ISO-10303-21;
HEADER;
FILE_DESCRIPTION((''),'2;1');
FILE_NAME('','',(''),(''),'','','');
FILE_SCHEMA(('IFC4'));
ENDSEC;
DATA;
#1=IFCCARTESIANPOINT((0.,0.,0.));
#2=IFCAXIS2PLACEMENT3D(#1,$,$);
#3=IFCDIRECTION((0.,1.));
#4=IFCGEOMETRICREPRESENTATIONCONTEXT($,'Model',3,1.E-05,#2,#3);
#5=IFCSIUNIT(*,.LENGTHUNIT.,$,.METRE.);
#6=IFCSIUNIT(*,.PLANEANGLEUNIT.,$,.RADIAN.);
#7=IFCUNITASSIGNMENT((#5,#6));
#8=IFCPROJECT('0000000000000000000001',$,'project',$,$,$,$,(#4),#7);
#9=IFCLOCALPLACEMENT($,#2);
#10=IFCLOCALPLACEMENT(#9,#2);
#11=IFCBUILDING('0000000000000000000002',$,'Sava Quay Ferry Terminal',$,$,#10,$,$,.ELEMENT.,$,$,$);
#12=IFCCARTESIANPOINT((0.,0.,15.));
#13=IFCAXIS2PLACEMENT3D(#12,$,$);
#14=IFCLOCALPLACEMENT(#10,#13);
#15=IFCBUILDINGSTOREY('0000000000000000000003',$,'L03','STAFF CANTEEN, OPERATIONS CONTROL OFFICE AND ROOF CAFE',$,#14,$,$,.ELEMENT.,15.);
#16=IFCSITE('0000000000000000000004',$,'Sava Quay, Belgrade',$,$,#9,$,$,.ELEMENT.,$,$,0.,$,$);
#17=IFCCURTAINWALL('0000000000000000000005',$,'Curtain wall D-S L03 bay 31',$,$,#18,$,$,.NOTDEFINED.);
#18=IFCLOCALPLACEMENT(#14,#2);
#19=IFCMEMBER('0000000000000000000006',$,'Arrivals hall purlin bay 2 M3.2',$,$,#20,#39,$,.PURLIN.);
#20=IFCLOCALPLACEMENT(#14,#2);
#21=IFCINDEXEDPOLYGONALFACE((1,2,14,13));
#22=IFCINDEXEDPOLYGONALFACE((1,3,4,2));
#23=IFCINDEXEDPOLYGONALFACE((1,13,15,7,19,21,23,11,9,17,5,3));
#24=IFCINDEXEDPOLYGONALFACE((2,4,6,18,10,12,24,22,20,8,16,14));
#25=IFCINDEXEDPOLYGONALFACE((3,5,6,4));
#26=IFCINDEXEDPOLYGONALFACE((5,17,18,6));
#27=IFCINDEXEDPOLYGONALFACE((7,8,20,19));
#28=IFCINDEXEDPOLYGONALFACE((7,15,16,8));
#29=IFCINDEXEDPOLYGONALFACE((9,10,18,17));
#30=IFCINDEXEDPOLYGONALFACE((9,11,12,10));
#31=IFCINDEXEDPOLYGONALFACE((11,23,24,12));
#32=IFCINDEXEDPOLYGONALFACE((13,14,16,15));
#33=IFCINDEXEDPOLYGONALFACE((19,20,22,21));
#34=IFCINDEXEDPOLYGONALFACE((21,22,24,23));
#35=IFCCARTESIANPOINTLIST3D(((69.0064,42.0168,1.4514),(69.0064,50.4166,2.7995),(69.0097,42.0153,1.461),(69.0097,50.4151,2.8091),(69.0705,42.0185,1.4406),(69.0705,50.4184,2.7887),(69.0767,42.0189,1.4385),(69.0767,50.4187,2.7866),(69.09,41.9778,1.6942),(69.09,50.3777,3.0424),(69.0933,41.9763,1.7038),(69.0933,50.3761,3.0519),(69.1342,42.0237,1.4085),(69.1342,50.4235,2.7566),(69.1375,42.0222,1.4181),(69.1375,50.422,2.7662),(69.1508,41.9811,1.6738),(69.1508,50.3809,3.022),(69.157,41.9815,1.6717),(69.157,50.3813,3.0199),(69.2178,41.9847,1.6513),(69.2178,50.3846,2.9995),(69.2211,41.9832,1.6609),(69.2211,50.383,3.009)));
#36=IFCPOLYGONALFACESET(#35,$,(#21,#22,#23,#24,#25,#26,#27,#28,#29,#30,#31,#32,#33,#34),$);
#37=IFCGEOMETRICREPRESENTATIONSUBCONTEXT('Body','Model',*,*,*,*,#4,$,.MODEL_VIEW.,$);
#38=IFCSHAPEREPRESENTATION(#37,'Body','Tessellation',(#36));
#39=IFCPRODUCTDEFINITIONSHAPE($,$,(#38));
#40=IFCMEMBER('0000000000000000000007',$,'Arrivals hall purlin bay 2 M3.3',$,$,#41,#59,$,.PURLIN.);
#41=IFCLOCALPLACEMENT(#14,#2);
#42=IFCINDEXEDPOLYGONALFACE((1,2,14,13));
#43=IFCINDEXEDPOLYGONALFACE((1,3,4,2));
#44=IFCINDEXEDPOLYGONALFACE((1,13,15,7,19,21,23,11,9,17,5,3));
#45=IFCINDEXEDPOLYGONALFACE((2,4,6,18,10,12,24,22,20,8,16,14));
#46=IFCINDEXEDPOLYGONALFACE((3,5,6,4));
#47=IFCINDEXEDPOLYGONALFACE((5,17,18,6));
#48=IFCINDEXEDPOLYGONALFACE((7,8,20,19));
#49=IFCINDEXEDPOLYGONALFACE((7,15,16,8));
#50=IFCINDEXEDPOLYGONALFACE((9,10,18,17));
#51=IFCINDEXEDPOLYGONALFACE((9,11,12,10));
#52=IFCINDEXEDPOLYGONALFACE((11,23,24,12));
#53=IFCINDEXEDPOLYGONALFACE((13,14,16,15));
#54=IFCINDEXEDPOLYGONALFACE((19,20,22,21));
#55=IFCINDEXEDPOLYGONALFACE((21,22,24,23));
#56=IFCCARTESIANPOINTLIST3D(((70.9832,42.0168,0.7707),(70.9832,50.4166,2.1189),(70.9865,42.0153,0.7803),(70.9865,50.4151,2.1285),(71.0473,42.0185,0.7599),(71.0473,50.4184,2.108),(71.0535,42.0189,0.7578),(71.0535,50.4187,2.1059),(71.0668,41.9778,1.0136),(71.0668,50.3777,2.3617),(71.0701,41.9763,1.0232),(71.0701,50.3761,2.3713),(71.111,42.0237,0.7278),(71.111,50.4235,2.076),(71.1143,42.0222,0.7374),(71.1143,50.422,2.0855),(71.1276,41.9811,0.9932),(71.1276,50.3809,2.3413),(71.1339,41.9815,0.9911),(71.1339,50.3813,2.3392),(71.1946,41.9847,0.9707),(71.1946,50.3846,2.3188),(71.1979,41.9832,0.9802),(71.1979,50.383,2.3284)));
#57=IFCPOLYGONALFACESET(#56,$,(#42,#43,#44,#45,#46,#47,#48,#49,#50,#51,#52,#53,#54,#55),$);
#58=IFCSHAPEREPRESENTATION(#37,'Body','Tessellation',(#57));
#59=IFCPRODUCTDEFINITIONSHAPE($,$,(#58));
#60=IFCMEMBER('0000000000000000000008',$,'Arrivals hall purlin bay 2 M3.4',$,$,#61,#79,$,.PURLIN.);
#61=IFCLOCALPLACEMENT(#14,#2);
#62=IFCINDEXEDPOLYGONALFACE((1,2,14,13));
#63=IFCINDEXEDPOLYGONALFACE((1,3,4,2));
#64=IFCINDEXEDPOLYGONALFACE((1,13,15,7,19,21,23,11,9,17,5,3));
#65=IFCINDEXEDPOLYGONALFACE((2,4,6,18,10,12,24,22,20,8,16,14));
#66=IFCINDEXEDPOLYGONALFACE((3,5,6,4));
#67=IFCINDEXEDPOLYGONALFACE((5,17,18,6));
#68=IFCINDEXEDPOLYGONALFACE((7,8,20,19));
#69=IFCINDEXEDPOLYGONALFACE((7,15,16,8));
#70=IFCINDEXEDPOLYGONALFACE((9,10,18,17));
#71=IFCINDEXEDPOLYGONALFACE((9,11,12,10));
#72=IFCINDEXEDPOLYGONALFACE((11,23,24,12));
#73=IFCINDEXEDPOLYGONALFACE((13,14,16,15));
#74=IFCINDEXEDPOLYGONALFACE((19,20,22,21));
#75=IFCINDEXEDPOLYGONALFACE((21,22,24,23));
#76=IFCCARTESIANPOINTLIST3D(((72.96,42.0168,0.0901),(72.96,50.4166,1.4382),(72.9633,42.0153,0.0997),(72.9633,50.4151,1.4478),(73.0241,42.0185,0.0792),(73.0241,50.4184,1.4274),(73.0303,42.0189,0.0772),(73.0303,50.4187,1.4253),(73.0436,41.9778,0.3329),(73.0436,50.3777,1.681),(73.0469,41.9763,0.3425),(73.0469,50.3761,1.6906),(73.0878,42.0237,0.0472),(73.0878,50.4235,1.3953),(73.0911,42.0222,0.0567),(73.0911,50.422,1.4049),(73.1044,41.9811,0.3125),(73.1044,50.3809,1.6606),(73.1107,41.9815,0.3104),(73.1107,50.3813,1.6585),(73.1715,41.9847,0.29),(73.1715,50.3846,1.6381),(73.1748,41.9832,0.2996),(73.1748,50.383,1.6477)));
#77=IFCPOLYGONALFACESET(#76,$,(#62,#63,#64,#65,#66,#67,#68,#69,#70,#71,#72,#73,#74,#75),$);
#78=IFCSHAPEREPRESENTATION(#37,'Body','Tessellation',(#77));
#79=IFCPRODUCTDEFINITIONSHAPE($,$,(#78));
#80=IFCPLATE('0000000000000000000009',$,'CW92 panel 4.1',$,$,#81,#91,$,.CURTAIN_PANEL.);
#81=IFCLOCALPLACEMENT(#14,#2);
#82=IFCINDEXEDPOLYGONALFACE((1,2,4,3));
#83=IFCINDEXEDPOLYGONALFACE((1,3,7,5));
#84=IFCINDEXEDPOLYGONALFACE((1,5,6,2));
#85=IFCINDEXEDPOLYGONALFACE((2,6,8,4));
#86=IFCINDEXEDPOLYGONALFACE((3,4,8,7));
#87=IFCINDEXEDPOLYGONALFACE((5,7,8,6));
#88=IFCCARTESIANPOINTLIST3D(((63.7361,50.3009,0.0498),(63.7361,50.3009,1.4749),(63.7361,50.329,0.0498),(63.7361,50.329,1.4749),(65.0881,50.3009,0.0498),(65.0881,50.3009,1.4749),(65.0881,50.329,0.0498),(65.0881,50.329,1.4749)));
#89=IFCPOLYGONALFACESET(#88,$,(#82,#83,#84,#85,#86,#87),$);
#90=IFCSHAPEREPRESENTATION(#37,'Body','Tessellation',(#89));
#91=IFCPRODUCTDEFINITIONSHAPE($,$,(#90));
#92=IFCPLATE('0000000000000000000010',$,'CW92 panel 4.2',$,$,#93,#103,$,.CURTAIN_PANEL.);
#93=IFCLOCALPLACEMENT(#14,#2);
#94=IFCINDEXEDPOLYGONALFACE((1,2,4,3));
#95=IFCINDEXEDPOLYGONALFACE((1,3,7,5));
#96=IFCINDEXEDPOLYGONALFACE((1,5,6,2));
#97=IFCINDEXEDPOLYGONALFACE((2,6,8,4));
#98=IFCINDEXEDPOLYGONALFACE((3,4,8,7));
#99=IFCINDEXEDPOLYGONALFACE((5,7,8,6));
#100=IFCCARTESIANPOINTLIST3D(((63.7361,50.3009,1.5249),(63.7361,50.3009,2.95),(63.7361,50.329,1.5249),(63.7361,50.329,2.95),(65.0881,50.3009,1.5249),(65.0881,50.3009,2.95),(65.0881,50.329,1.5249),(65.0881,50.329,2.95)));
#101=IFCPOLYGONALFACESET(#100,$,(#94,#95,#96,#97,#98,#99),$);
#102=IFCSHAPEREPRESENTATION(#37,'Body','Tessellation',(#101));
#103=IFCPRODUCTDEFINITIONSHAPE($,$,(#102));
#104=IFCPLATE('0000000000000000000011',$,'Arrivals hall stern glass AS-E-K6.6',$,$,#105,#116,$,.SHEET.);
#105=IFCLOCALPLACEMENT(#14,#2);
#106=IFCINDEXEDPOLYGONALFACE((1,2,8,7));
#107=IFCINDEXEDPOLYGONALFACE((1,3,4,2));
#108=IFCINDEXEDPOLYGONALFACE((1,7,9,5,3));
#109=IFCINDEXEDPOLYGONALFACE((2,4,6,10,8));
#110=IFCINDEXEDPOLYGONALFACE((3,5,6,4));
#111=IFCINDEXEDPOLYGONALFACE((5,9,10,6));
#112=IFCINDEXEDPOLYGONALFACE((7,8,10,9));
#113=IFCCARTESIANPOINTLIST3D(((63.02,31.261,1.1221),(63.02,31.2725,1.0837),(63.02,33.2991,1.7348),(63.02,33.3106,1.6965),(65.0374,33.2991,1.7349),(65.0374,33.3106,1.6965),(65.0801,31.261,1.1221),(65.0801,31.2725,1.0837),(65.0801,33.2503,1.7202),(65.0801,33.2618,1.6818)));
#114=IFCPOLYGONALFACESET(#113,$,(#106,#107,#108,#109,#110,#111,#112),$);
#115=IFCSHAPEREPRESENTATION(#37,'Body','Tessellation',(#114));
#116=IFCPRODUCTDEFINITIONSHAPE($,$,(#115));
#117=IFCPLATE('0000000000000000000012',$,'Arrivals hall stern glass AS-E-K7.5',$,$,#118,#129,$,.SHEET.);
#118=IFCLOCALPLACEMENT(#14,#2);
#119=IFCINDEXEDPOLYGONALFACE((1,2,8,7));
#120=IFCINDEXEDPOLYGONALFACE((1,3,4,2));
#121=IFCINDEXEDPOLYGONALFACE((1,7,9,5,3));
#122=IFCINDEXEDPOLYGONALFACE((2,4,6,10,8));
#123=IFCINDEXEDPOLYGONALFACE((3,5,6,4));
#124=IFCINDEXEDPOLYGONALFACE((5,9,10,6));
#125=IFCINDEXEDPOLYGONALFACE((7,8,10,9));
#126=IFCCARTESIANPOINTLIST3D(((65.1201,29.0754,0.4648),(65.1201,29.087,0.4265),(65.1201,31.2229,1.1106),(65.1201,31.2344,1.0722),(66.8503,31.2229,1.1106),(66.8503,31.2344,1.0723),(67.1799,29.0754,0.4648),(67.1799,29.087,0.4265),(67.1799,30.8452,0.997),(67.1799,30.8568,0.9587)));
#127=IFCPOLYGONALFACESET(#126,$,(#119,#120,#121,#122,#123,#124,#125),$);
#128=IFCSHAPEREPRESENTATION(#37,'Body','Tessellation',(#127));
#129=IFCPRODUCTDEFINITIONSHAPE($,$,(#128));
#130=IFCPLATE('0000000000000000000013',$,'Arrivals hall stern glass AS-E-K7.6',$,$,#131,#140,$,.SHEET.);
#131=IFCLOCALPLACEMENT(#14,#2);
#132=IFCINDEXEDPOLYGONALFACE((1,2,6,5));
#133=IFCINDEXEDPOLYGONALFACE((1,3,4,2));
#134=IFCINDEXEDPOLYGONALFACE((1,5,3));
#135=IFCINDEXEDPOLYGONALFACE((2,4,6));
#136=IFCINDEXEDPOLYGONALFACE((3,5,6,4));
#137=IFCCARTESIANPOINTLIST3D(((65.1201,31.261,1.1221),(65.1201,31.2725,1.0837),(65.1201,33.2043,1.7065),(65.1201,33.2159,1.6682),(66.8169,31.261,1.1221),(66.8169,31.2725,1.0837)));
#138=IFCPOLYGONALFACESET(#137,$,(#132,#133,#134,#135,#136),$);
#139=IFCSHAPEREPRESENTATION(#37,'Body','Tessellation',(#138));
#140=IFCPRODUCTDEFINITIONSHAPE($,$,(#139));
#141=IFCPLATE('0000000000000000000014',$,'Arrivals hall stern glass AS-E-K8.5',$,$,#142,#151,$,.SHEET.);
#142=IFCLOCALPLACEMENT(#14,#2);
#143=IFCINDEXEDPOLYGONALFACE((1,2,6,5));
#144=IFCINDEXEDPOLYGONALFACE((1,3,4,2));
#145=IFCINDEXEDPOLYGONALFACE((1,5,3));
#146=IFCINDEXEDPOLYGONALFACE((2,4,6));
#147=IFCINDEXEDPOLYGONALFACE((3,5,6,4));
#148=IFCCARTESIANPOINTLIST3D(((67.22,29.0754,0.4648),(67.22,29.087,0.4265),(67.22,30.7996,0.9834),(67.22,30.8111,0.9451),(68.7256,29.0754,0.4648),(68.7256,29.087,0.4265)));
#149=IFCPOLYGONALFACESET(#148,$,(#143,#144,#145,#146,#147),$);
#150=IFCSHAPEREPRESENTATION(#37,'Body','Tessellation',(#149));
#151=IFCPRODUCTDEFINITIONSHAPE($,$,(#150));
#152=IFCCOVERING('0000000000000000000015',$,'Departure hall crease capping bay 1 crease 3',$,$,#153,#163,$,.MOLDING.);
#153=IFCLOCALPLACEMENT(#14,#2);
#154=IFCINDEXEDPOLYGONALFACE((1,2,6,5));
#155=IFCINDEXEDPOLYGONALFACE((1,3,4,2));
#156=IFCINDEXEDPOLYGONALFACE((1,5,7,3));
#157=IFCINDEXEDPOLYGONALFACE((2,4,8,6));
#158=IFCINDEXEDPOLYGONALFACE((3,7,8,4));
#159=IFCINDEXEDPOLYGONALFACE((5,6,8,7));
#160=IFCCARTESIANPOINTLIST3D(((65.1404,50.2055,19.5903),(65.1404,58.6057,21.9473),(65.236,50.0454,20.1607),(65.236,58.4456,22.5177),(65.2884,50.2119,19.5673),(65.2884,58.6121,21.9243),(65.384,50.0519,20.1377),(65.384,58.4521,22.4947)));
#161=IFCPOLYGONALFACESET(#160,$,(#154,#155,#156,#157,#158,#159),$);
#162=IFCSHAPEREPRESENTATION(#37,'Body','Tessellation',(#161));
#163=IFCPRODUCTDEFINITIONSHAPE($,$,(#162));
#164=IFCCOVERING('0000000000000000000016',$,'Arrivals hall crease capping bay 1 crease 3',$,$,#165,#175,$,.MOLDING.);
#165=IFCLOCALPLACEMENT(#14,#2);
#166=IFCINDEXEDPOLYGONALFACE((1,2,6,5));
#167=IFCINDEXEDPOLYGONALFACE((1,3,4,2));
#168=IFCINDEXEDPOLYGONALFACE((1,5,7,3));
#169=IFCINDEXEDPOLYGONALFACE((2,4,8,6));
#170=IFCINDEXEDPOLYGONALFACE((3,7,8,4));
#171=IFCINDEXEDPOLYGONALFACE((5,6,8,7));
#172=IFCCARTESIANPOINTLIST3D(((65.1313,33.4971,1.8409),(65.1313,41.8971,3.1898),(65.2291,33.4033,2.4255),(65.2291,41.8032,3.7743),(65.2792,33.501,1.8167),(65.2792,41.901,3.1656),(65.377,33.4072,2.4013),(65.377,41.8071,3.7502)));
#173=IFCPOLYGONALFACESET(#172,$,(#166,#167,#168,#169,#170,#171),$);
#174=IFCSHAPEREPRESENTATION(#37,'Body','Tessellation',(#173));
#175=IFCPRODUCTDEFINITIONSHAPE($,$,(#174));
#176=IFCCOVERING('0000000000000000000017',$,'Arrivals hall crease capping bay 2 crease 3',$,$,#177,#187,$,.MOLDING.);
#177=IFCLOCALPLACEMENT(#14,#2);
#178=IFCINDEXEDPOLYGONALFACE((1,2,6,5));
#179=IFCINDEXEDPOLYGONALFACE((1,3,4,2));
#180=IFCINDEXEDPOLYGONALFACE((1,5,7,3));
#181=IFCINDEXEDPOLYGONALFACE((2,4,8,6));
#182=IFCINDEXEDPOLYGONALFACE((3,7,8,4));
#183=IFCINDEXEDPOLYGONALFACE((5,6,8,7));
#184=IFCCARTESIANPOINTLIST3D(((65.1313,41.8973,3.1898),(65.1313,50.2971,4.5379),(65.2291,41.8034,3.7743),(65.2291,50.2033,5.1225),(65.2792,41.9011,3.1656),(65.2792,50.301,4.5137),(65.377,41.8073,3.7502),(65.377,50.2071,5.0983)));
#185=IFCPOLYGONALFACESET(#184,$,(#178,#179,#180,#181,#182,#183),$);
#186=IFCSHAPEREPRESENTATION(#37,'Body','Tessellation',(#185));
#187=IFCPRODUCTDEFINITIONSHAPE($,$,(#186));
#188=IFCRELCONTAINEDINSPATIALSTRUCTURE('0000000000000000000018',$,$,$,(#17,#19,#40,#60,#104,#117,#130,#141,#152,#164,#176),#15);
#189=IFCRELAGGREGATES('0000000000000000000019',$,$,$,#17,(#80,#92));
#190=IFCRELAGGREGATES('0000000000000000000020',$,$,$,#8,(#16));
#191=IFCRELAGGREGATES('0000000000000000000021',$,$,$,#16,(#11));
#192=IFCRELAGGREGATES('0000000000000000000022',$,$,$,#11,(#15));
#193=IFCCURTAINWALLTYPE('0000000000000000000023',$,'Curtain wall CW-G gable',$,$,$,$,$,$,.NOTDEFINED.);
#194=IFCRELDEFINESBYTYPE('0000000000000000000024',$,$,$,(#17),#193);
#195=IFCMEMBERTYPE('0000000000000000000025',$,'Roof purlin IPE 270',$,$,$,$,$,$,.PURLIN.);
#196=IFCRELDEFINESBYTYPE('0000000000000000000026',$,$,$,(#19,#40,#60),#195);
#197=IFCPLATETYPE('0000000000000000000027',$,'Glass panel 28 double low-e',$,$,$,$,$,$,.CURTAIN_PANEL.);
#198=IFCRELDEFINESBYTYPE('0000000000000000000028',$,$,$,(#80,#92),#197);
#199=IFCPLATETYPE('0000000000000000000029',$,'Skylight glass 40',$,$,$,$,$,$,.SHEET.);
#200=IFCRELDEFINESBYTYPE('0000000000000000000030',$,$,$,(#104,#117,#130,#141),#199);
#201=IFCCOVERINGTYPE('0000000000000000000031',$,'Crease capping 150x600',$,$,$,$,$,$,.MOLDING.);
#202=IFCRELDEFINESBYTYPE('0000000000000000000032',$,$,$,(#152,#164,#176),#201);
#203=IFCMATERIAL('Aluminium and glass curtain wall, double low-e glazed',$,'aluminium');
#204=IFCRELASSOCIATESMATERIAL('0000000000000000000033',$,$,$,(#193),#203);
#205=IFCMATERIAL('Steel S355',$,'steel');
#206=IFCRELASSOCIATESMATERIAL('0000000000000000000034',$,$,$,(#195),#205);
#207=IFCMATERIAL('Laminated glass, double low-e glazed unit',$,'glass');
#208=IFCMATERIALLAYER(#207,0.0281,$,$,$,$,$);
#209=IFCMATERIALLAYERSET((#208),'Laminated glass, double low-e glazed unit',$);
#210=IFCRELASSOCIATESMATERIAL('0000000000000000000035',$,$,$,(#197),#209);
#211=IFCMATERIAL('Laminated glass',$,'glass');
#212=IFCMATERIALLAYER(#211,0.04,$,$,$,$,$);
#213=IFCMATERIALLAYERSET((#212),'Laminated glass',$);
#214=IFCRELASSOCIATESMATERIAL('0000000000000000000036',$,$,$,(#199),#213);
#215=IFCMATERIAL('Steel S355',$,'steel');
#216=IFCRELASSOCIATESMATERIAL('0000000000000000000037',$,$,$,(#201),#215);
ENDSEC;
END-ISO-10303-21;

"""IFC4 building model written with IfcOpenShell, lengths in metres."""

from ifc_helpers import new_model, si_unit, direction, frame, origin, origin_2d, place, context, subcontext, project, spatial, polyline, rectangle, i_section, outline, extrude, material, layer, layer_set, material_profile, profile_set, type_object, element, aggregate, save


model = new_model("IFC4")

# Units and contexts
model_context = context("Model", 3, precision=1e-05, world=origin(), true_north=direction((0.0, 1.0)))
body_context = subcontext(model_context, "Body", "Model", "MODEL_VIEW")
ifc_project = project(units=[si_unit("LENGTHUNIT", "METRE"), si_unit("PLANEANGLEUNIT", "RADIAN")], contexts=[model_context])

# Site, building, storey
site_placement = place(None, origin())
site = spatial("IfcSite", under=ifc_project, at=site_placement, Name="Sava Quay, Belgrade", CompositionType="ELEMENT", RefElevation=0.0)
building_placement = place(site_placement, origin())
building = spatial("IfcBuilding", under=site, at=building_placement, Name="Sava Quay Ferry Terminal", CompositionType="ELEMENT")
storey_placement = place(building_placement, frame((0.0, 0.0, 15.0)))
storey = spatial("IfcBuildingStorey", under=building, at=storey_placement, Name="L03", Description="STAFF CANTEEN, OPERATIONS CONTROL OFFICE AND ROOF CAFE", CompositionType="ELEMENT", Elevation=15.0)

# Curtain wall
ifc_material_1 = material(Name="Aluminium and glass curtain wall, double low-e glazed", Category="aluminium")
curtain_wall_type = type_object("IfcCurtainWallType", Name="Curtain wall CW-G gable", PredefinedType="NOTDEFINED", material=ifc_material_1)
curtain_wall_placement = place(storey_placement, origin())
curtain_wall = element("IfcCurtainWall", 1, at=curtain_wall_placement, inside=storey, type_object=curtain_wall_type, Name="Curtain wall D-S L03 bay 31", PredefinedType="NOTDEFINED")

# Members
ifc_material_2 = material(Name="Steel S355", Category="steel")
ifc_material_profile_1 = material_profile(ifc_material_2, i_section(OverallWidth=0.135, OverallDepth=0.27, WebThickness=0.0066, FlangeThickness=0.0103, at=origin_2d()), Name="IPE 270")
ifc_profile_set_1 = profile_set([ifc_material_profile_1], Name="Steel S355")
member_type_1 = type_object("IfcMemberType", Name="Roof purlin IPE 270", PredefinedType="PURLIN", material=ifc_profile_set_1)
for number, where, z_axis, x_axis, name in (
    (2, (69.1138, 42.0, 1.5562), (0.0, 0.987364, 0.158467), (-0.946779, -0.051008, 0.317817), "Arrivals hall purlin bay 2 M3.2"),
    (3, (71.0906, 42.0, 0.8755), (0.0, 0.987364, 0.158467), (-0.946779, -0.051008, 0.317817), "Arrivals hall purlin bay 2 M3.3"),
    (4, (73.0674, 42.0, 0.1948), (0.0, 0.987364, 0.158467), (-0.946779, -0.051008, 0.317817), "Arrivals hall purlin bay 2 M3.4"),
):
    element("IfcMember", number, at=place(storey_placement, frame(where, z_axis=z_axis, x_axis=x_axis)), inside=storey, type_object=member_type_1, Name=name, PredefinedType="PURLIN", context=body_context, shape_type="SweptSolid", body=[
        extrude(i_section(OverallWidth=0.135, OverallDepth=0.27, WebThickness=0.0066, FlangeThickness=0.0103, at=origin_2d()), origin(), (0.0, 0.0, 1.0), 8.5073),
    ])

# Plates
ifc_material_3 = material(Name="Laminated glass, double low-e glazed unit", Category="glass")
ifc_layer_1 = layer(ifc_material_3, 0.0281)
ifc_layer_set_1 = layer_set([ifc_layer_1], Name="Laminated glass, double low-e glazed unit")
plate_type_1 = type_object("IfcPlateType", Name="Glass panel 28 double low-e", PredefinedType="CURTAIN_PANEL", material=ifc_layer_set_1)
plate_1_placement = place(storey_placement, frame((64.4121, 50.3149, 0.0498), z_axis=(0.0, 0.0, 1.0), x_axis=(1.0, 0.0, 0.0)))
plate_1 = element("IfcPlate", 5, at=plate_1_placement, type_object=plate_type_1, Name="CW92 panel 4.1", PredefinedType="CURTAIN_PANEL", context=body_context, shape_type="SweptSolid", body=[
    extrude(rectangle(XDim=1.3521, YDim=0.0281, at=origin_2d()), origin(), (0.0, 0.0, 1.0), 1.425),
])
plate_2_placement = place(storey_placement, frame((64.4121, 50.3149, 1.5249), z_axis=(0.0, 0.0, 1.0), x_axis=(1.0, 0.0, 0.0)))
plate_2 = element("IfcPlate", 6, at=plate_2_placement, type_object=plate_type_1, Name="CW92 panel 4.2", PredefinedType="CURTAIN_PANEL", context=body_context, shape_type="SweptSolid", body=[
    extrude(rectangle(XDim=1.3521, YDim=0.0281, at=origin_2d()), origin(), (0.0, 0.0, 1.0), 1.425),
])
aggregate(curtain_wall, [plate_1, plate_2])

# Plates
ifc_material_4 = material(Name="Laminated glass", Category="glass")
ifc_layer_2 = layer(ifc_material_4, 0.04)
ifc_layer_set_2 = layer_set([ifc_layer_2], Name="Laminated glass")
plate_type_2 = type_object("IfcPlateType", Name="Skylight glass 40", PredefinedType="SHEET", material=ifc_layer_set_2)
plate_3_placement = place(storey_placement, frame((65.0801, 31.261, 1.1221), z_axis=(-0.000008, -0.287937, 0.957649), x_axis=(-1.0, 0.000002, -0.000007)))
element("IfcPlate", 7, at=plate_3_placement, inside=storey, type_object=plate_type_2, Name="Arrivals hall stern glass AS-E-K6.6", PredefinedType="SHEET", context=body_context, shape_type="SweptSolid", body=[
    extrude(outline(polyline([(0.0, 0.0), (2.0601, 0.0), (2.0601, -2.1282), (0.0427, -2.1282), (0.0, -2.0772), (0.0, 0.0)])), origin(), (0.0, 0.0, -1.0), 0.04),
])
plate_4_placement = place(storey_placement, frame((67.1799, 29.0754, 0.4648), z_axis=(-0.000011, -0.287969, 0.95764), x_axis=(-1.0, 0.000003, -0.00001)))
element("IfcPlate", 8, at=plate_4_placement, inside=storey, type_object=plate_type_2, Name="Arrivals hall stern glass AS-E-K7.5", PredefinedType="SHEET", context=body_context, shape_type="SweptSolid", body=[
    extrude(outline(polyline([(0.0, 0.0), (2.0598, 0.0), (2.0598, -2.2425), (0.3296, -2.2425), (0.0, -1.8481), (0.0, 0.0)])), origin(), (0.0, 0.0, -1.0), 0.04),
])
plate_5_placement = place(storey_placement, frame((65.1201, 31.261, 1.1221), z_axis=(0.0, -0.28801, 0.957627), x_axis=(0.0, 0.957627, 0.28801)))
element("IfcPlate", 9, at=plate_5_placement, inside=storey, type_object=plate_type_2, Name="Arrivals hall stern glass AS-E-K7.6", PredefinedType="SHEET", context=body_context, shape_type="SweptSolid", body=[
    extrude(outline(polyline([(0.0, 0.0), (2.0293, 0.0), (0.0, -1.6968), (0.0, 0.0)])), origin(), (0.0, 0.0, -1.0), 0.04),
])
plate_6_placement = place(storey_placement, frame((67.22, 29.0754, 0.4648), z_axis=(0.0, -0.28802, 0.957625), x_axis=(0.0, 0.957625, 0.28802)))
element("IfcPlate", 10, at=plate_6_placement, inside=storey, type_object=plate_type_2, Name="Arrivals hall stern glass AS-E-K8.5", PredefinedType="SHEET", context=body_context, shape_type="SweptSolid", body=[
    extrude(outline(polyline([(0.0, 0.0), (1.8004, 0.0), (0.0, -1.5056), (0.0, 0.0)])), origin(), (0.0, 0.0, -1.0), 0.04),
])

# Coverings
ifc_material_5 = material(Name="Steel S355", Category="steel")
ifc_material_profile_2 = material_profile(ifc_material_5, rectangle(XDim=0.1499, YDim=0.6001, at=origin_2d()), Name="Cap 150 x 600")
ifc_profile_set_2 = profile_set([ifc_material_profile_2], Name="Steel S355")
covering_type_1 = type_object("IfcCoveringType", Name="Crease capping 150x600", PredefinedType="MOLDING", material=ifc_profile_set_2)
covering_1_placement = place(storey_placement, frame((65.2622, 50.1287, 19.864), z_axis=(0.0, 0.962818, 0.27015), x_axis=(-0.987218, -0.043056, 0.153452)))
element("IfcCovering", 11, at=covering_1_placement, inside=storey, type_object=covering_type_1, Name="Departure hall crease capping bay 1 crease 3", PredefinedType="MOLDING", context=body_context, shape_type="SweptSolid", body=[
    extrude(rectangle(XDim=0.1499, YDim=0.6001, at=origin_2d()), origin(), (0.0, 0.0, 1.0), 8.7246),
])
covering_2_placement = place(storey_placement, frame((65.2542, 33.4521, 2.1211), z_axis=(0.0, 0.987351, 0.158551), x_axis=(-0.986606, -0.025864, 0.161061)))
element("IfcCovering", 12, at=covering_2_placement, inside=storey, type_object=covering_type_1, Name="Arrivals hall crease capping bay 1 crease 3", PredefinedType="MOLDING", context=body_context, shape_type="SweptSolid", body=[
    extrude(rectangle(XDim=0.1499, YDim=0.6001, at=origin_2d()), origin(), (0.0, 0.0, 1.0), 8.5076),
])
covering_3_placement = place(storey_placement, frame((65.2542, 41.8523, 3.47), z_axis=(0.0, 0.987364, 0.158467), x_axis=(-0.986605, -0.02585, 0.161066)))
element("IfcCovering", 13, at=covering_3_placement, inside=storey, type_object=covering_type_1, Name="Arrivals hall crease capping bay 2 crease 3", PredefinedType="MOLDING", context=body_context, shape_type="SweptSolid", body=[
    extrude(rectangle(XDim=0.1499, YDim=0.6001, at=origin_2d()), origin(), (0.0, 0.0, 1.0), 8.5073),
])

save(model, "model.ifc")
